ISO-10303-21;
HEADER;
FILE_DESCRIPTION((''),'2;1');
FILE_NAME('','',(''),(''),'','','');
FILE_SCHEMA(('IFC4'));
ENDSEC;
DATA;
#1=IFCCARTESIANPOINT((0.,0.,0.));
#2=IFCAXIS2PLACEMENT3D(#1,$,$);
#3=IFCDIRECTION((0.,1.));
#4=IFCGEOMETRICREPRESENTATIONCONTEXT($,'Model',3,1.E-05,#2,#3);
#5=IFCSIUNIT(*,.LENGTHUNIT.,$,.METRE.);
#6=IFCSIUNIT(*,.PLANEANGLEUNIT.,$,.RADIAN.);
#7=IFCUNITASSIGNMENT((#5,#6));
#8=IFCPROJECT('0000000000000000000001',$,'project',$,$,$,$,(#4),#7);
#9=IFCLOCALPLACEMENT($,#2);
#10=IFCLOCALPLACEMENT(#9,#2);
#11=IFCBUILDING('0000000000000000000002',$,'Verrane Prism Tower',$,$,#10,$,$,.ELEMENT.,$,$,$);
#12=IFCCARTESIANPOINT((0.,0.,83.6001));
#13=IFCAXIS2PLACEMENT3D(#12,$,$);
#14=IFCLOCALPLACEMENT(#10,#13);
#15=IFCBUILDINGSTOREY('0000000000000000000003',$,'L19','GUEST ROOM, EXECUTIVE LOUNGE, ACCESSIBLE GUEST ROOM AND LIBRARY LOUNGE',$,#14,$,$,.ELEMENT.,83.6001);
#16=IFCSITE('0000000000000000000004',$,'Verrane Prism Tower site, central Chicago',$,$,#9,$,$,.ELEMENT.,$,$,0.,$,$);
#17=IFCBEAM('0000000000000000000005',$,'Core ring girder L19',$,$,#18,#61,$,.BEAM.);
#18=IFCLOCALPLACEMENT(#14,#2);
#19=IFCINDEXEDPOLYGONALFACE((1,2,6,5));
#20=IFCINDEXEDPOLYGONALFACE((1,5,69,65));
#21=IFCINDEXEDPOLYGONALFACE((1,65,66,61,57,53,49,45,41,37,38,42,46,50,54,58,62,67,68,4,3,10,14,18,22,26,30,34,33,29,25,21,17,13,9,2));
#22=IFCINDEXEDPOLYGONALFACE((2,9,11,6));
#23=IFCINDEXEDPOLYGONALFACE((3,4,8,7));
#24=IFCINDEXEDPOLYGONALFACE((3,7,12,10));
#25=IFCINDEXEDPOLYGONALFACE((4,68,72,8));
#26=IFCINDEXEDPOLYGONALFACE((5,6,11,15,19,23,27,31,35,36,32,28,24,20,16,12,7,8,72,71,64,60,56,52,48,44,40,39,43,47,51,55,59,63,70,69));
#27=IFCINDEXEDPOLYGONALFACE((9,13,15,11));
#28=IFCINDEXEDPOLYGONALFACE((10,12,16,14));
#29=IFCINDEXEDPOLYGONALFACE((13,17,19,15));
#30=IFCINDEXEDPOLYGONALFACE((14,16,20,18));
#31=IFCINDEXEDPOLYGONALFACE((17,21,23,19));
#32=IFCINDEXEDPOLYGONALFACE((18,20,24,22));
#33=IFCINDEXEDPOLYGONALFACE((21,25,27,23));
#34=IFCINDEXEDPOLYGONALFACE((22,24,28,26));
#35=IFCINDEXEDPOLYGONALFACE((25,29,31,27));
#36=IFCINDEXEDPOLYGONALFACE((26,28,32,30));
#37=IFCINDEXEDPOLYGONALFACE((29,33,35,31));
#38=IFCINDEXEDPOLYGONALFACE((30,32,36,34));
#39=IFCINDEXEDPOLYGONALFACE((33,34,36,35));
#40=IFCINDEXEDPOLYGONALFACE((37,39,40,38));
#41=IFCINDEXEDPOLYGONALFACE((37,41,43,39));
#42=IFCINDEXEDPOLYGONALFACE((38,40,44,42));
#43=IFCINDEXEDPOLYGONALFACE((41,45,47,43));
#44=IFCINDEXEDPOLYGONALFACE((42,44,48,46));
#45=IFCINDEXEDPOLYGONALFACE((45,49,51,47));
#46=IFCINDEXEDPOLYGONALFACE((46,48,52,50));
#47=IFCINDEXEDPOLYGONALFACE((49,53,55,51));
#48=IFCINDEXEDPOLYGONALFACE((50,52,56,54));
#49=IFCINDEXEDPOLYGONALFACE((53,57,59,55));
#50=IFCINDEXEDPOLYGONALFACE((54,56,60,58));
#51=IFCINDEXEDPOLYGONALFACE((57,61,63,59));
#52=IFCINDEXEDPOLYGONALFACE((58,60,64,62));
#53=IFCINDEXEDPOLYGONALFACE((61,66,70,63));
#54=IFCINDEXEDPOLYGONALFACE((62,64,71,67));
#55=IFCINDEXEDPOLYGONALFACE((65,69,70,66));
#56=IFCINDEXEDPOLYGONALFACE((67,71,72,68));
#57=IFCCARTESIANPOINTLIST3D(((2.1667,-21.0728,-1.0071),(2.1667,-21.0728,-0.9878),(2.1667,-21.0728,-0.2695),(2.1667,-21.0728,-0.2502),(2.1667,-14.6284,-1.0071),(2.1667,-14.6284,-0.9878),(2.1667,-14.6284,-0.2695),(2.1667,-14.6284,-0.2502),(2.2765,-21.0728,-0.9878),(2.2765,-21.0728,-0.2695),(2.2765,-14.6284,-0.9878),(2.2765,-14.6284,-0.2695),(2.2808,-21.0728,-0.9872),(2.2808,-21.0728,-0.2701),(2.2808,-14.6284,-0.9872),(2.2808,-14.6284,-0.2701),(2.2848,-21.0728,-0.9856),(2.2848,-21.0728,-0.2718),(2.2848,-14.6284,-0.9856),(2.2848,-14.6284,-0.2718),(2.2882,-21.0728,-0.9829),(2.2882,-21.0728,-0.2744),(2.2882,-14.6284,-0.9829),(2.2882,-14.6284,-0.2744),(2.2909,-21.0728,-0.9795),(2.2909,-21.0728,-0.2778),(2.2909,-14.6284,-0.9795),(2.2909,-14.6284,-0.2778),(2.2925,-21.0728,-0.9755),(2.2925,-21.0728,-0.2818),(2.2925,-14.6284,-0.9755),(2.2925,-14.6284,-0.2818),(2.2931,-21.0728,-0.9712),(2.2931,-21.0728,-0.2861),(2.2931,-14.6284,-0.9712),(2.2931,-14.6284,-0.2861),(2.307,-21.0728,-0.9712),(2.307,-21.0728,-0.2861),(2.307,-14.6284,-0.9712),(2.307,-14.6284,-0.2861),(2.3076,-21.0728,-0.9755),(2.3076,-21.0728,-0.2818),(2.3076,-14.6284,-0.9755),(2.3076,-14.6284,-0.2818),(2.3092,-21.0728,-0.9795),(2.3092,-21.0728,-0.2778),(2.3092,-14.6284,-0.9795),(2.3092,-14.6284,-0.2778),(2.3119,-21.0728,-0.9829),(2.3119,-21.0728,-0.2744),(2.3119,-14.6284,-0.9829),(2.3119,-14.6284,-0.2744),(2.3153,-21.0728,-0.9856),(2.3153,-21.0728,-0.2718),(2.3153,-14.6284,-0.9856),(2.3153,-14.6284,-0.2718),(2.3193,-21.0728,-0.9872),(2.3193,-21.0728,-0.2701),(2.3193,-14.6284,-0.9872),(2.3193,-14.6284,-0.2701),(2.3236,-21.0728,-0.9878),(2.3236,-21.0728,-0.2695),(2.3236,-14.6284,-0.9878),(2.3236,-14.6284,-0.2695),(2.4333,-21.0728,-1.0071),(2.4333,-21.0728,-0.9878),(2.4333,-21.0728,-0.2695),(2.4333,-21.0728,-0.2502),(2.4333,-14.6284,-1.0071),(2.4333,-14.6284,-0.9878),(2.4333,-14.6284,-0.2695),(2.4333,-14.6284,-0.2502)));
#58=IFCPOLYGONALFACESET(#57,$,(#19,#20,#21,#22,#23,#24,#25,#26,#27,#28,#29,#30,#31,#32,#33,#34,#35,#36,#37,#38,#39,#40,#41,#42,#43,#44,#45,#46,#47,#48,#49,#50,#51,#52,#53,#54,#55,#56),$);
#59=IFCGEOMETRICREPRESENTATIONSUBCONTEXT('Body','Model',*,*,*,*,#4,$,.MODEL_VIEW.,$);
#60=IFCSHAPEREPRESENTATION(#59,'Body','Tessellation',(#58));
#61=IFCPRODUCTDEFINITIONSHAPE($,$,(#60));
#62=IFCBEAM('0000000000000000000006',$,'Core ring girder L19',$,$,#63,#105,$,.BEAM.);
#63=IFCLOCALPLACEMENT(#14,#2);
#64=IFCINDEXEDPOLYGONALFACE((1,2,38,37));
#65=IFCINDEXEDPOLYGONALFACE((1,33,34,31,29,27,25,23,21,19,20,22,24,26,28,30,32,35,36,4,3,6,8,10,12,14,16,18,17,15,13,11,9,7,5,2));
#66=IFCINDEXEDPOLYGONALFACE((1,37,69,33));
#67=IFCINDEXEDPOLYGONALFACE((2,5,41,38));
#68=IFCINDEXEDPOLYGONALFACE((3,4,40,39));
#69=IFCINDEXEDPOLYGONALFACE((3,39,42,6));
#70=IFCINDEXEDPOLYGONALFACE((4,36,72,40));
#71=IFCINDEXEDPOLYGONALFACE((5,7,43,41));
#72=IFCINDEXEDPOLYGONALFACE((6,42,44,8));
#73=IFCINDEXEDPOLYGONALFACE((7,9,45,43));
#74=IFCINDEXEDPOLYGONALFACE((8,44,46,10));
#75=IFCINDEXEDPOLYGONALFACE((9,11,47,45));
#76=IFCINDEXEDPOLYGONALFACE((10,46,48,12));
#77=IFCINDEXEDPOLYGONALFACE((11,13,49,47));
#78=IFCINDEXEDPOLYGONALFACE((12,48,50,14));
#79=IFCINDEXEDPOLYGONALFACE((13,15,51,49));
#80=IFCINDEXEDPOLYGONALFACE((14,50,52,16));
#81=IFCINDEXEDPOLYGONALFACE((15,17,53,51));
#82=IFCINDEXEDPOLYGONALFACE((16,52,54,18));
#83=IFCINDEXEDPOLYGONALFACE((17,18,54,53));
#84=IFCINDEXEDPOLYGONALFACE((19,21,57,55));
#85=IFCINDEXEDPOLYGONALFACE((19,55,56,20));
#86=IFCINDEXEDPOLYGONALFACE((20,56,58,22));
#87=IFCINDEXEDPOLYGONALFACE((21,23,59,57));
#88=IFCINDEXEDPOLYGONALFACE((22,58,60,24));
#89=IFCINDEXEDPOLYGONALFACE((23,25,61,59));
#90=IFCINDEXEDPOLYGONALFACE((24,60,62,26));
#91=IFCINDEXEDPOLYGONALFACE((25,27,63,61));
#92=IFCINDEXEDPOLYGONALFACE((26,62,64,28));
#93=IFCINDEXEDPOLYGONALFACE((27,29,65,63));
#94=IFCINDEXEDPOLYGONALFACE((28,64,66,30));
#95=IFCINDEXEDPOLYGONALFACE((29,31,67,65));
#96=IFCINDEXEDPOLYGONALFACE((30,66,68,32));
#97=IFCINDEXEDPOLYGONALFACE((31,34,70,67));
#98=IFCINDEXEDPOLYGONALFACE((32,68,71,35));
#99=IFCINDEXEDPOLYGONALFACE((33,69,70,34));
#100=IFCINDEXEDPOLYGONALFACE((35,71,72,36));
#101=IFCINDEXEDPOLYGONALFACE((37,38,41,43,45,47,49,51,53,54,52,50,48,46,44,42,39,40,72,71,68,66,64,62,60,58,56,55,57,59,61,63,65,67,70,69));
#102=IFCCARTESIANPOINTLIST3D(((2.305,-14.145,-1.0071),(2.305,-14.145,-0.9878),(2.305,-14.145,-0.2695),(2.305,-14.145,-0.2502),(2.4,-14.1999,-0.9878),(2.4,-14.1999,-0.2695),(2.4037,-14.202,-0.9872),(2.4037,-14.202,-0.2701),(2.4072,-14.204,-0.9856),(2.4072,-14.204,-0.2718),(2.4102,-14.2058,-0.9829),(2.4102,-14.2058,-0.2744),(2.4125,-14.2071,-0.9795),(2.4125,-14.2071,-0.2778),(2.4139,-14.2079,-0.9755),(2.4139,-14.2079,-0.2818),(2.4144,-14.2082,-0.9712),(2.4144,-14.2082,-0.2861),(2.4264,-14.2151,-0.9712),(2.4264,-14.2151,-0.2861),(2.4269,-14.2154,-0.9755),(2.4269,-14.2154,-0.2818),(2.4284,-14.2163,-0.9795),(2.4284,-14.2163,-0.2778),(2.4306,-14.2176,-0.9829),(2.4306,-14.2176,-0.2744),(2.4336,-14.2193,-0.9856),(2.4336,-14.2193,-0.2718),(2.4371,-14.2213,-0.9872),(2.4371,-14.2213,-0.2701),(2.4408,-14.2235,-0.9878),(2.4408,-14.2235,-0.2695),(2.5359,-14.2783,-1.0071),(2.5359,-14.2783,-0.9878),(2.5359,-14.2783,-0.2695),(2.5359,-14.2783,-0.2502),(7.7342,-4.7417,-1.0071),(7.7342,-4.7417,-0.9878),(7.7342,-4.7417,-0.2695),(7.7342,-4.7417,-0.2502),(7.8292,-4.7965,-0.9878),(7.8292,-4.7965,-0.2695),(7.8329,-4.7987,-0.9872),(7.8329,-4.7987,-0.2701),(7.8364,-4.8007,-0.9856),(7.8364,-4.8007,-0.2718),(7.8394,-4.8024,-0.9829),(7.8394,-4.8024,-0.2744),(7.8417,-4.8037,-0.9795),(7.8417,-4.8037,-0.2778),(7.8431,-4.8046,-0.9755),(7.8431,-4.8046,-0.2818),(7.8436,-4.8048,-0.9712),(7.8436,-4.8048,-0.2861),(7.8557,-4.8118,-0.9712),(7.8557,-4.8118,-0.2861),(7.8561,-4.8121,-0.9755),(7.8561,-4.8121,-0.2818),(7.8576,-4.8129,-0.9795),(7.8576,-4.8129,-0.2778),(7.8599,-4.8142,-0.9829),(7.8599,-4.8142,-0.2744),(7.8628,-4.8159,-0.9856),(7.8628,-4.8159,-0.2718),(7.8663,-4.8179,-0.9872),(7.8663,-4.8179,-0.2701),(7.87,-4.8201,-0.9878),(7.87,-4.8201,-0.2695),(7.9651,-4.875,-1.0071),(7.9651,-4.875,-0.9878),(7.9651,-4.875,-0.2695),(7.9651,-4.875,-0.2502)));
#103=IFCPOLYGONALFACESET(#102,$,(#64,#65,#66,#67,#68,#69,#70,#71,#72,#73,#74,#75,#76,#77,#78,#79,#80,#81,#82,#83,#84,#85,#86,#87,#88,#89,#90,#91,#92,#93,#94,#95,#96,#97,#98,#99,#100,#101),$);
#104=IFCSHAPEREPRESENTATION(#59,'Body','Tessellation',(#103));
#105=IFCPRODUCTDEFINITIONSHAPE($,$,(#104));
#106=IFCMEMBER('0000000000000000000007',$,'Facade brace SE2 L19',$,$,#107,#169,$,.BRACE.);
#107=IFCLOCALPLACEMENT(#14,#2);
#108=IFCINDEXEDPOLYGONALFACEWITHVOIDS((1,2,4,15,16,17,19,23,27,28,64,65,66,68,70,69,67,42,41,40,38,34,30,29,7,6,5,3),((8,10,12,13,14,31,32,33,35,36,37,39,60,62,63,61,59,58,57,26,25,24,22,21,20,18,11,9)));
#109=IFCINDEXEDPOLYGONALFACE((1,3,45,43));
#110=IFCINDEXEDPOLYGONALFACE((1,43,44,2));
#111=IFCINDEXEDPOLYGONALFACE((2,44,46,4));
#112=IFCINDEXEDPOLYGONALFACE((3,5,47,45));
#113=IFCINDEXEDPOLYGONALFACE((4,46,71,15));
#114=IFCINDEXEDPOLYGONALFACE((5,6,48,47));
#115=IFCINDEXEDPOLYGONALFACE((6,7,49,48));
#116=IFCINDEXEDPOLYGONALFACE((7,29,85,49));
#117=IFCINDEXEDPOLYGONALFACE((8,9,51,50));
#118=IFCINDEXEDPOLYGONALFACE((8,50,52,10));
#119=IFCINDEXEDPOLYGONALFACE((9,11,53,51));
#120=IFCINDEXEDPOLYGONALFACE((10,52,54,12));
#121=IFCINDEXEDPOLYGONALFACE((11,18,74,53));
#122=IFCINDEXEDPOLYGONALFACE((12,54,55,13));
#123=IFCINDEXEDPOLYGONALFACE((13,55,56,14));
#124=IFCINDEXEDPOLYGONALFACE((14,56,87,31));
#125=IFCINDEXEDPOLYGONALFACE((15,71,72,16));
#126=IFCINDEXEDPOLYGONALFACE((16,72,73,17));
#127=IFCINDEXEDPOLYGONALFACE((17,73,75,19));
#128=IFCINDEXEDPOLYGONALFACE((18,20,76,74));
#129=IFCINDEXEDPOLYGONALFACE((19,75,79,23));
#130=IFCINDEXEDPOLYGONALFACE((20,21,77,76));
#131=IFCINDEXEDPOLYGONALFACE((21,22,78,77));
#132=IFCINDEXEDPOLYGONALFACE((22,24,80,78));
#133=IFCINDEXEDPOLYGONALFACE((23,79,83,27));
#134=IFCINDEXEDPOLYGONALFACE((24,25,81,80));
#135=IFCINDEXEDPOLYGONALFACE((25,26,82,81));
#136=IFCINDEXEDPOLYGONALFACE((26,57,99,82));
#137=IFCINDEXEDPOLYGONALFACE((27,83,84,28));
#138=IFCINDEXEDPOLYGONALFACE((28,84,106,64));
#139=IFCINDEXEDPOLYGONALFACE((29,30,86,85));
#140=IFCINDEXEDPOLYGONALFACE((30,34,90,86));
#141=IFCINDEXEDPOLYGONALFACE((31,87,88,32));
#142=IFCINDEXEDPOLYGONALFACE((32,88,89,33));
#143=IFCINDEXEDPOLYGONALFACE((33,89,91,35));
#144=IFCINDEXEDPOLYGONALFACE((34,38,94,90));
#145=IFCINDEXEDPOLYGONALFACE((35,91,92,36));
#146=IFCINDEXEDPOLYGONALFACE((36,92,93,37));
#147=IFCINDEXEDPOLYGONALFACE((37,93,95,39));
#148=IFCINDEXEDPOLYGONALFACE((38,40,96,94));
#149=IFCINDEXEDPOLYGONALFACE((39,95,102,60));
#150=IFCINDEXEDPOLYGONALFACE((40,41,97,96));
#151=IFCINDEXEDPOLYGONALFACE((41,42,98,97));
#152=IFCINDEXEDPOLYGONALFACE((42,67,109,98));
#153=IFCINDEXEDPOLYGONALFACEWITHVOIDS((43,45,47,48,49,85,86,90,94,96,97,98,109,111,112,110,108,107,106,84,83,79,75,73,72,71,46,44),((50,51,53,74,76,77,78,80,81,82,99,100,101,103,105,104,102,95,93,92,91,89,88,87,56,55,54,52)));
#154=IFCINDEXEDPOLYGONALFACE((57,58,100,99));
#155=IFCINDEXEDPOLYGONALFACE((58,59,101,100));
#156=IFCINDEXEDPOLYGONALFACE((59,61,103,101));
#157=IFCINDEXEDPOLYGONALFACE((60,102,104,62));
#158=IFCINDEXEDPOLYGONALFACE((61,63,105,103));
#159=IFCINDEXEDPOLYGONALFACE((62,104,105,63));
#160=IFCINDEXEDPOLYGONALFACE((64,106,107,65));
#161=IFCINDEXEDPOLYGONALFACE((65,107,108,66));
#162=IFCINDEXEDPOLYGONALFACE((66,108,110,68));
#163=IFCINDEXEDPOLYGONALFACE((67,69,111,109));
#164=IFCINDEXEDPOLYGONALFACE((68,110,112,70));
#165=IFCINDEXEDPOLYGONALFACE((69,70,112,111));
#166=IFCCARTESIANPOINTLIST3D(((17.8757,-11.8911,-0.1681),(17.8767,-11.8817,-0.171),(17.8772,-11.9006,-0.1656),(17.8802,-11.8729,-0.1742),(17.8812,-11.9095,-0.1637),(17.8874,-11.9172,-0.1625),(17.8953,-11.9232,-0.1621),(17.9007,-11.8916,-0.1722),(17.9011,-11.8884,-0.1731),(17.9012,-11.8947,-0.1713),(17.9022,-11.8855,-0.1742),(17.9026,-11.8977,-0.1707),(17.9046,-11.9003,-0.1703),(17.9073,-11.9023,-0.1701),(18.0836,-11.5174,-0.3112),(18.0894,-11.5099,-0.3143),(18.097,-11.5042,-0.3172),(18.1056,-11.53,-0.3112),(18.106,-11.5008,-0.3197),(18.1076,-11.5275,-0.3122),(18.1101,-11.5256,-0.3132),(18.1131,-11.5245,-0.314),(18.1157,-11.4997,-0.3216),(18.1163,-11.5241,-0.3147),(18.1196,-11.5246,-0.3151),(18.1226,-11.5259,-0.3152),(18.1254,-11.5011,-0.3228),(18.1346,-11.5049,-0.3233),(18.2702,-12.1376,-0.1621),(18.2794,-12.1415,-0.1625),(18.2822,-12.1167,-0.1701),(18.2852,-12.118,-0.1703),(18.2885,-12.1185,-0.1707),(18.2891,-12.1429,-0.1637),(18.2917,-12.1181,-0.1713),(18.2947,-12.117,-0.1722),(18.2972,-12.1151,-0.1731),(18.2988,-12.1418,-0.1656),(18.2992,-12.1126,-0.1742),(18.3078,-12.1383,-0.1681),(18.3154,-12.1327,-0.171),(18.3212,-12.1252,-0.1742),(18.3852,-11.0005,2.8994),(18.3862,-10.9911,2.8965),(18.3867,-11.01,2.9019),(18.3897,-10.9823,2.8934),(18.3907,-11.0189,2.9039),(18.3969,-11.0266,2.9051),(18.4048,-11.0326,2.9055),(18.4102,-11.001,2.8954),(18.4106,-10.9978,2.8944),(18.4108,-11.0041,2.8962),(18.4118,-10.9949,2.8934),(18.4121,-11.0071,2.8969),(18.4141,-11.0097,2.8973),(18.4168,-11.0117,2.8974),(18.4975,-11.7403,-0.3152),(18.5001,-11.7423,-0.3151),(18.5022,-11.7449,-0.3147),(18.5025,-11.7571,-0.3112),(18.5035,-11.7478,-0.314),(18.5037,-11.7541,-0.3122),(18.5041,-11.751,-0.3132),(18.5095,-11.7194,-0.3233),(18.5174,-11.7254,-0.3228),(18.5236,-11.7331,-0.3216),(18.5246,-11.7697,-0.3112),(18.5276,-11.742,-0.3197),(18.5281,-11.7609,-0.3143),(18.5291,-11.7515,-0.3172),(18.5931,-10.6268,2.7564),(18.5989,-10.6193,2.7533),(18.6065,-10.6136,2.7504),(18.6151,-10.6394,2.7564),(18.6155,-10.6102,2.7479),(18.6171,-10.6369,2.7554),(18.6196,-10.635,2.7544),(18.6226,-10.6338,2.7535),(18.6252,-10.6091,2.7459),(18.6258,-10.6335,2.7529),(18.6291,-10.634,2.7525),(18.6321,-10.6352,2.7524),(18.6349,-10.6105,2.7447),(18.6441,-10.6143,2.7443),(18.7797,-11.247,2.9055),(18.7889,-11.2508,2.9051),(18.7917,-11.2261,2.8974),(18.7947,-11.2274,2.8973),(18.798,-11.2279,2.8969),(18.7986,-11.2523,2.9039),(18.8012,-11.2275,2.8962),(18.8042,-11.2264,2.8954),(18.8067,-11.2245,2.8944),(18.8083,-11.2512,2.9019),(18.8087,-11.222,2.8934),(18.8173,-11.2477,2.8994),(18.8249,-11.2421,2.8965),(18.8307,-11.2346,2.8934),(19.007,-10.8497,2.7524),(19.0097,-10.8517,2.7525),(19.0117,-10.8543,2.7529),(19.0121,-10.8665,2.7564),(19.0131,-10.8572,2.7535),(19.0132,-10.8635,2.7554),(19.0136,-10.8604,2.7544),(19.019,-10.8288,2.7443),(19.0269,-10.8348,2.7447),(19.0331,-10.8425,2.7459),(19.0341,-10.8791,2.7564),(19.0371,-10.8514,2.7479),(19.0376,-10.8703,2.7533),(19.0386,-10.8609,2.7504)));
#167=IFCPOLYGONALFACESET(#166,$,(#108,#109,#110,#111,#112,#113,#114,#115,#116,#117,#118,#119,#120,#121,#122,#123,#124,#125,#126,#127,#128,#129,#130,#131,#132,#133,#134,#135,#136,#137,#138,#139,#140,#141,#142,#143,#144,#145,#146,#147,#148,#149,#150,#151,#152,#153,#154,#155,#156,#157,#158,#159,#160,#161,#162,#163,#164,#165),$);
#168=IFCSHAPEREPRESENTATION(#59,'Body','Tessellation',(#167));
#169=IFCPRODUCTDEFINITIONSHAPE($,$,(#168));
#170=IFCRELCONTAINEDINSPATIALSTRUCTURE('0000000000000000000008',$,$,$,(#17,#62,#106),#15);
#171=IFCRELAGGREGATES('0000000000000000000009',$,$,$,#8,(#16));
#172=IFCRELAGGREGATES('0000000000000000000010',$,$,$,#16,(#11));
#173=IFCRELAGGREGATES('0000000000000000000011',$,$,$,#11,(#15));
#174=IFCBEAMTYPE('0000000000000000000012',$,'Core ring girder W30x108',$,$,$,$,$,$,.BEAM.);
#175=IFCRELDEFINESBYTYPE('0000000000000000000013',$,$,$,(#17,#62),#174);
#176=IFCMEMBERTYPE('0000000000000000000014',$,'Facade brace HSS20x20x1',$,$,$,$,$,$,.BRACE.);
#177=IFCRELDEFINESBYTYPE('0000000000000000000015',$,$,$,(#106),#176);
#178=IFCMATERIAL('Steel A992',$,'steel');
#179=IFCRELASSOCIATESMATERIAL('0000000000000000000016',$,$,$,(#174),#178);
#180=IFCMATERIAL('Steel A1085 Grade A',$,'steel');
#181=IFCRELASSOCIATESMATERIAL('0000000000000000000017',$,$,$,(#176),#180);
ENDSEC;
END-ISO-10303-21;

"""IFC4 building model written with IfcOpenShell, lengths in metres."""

from ifc_helpers import new_model, si_unit, direction, frame, origin, origin_2d, place, context, subcontext, project, spatial, hollow_rectangle, i_section, extrude, material, material_profile, profile_set, type_object, element, save


model = new_model("IFC4")

# Units and contexts
model_context = context("Model", 3, precision=1e-05, world=origin(), true_north=direction((0.0, 1.0)))
body_context = subcontext(model_context, "Body", "Model", "MODEL_VIEW")
ifc_project = project(units=[si_unit("LENGTHUNIT", "METRE"), si_unit("PLANEANGLEUNIT", "RADIAN")], contexts=[model_context])

# Site, building, storey
site_placement = place(None, origin())
site = spatial("IfcSite", under=ifc_project, at=site_placement, Name="Verrane Prism Tower site, central Chicago", CompositionType="ELEMENT", RefElevation=0.0)
building_placement = place(site_placement, origin())
building = spatial("IfcBuilding", under=site, at=building_placement, Name="Verrane Prism Tower", CompositionType="ELEMENT")
storey_placement = place(building_placement, frame((0.0, 0.0, 83.6001)))
storey = spatial("IfcBuildingStorey", under=building, at=storey_placement, Name="L19", Description="GUEST ROOM, EXECUTIVE LOUNGE, ACCESSIBLE GUEST ROOM AND LIBRARY LOUNGE", CompositionType="ELEMENT", Elevation=83.6001)

# Beams
ifc_material_1 = material(Name="Steel A992", Category="steel")
ifc_material_profile_1 = material_profile(ifc_material_1, i_section(OverallWidth=0.2666, OverallDepth=0.7568, WebThickness=0.0139, FlangeThickness=0.0193, FilletRadius=0.0166, at=origin_2d()), Name="W30x108")
ifc_profile_set_1 = profile_set([ifc_material_profile_1], Name="Steel A992")
beam_type_1 = type_object("IfcBeamType", Name="Core ring girder W30x108", PredefinedType="BEAM", material=ifc_profile_set_1)
beam_1_placement = place(storey_placement, frame((2.3, -21.0728, -0.6287), z_axis=(0.0, 1.0, 0.0), x_axis=(-1.0, 0.0, 0.0)))
element("IfcBeam", 1, at=beam_1_placement, inside=storey, type_object=beam_type_1, Name="Core ring girder L19", PredefinedType="BEAM", context=body_context, shape_type="SweptSolid", body=[
    extrude(i_section(OverallWidth=0.2666, OverallDepth=0.7568, WebThickness=0.0139, FlangeThickness=0.0193, FilletRadius=0.0166, at=origin_2d()), origin(), (0.0, 0.0, 1.0), 6.4443),
])
beam_2_placement = place(storey_placement, frame((2.4204, -14.2117, -0.6287), z_axis=(0.500013, 0.866018, 0.0), x_axis=(-0.866018, 0.500013, 0.0)))
element("IfcBeam", 2, at=beam_2_placement, inside=storey, type_object=beam_type_1, Name="Core ring girder L19", PredefinedType="BEAM", context=body_context, shape_type="SweptSolid", body=[
    extrude(i_section(OverallWidth=0.2666, OverallDepth=0.7568, WebThickness=0.0139, FlangeThickness=0.0193, FilletRadius=0.0166, at=origin_2d()), origin(), (0.0, 0.0, 1.0), 10.8582),
])

# Member
ifc_material_2 = material(Name="Steel A1085 Grade A", Category="steel")
ifc_material_profile_2 = material_profile(ifc_material_2, hollow_rectangle(XDim=0.5081, YDim=0.5081, WallThickness=0.0254, InnerFilletRadius=0.0127, OuterFilletRadius=0.0381, at=origin_2d()), Name="HSS20x20x1")
ifc_profile_set_2 = profile_set([ifc_material_profile_2], Name="Steel A1085 Grade A")
member_type_1 = type_object("IfcMemberType", Name="Facade brace HSS20x20x1", PredefinedType="BRACE", material=ifc_profile_set_2)
member_1_placement = place(storey_placement, frame((18.2024, -11.8213, -0.2427), z_axis=(0.157518, 0.275336, 0.948355), x_axis=(-0.867994, 0.496574, 0.0)))
element("IfcMember", 3, at=member_1_placement, inside=storey, type_object=member_type_1, Name="Facade brace SE2 L19", PredefinedType="BRACE", context=body_context, shape_type="SweptSolid", body=[
    extrude(hollow_rectangle(XDim=0.5081, YDim=0.5081, WallThickness=0.0254, InnerFilletRadius=0.0127, OuterFilletRadius=0.0381, at=origin_2d()), origin(), (0.0, 0.0, 1.0), 3.2346),
])

save(model, "model.ifc")
